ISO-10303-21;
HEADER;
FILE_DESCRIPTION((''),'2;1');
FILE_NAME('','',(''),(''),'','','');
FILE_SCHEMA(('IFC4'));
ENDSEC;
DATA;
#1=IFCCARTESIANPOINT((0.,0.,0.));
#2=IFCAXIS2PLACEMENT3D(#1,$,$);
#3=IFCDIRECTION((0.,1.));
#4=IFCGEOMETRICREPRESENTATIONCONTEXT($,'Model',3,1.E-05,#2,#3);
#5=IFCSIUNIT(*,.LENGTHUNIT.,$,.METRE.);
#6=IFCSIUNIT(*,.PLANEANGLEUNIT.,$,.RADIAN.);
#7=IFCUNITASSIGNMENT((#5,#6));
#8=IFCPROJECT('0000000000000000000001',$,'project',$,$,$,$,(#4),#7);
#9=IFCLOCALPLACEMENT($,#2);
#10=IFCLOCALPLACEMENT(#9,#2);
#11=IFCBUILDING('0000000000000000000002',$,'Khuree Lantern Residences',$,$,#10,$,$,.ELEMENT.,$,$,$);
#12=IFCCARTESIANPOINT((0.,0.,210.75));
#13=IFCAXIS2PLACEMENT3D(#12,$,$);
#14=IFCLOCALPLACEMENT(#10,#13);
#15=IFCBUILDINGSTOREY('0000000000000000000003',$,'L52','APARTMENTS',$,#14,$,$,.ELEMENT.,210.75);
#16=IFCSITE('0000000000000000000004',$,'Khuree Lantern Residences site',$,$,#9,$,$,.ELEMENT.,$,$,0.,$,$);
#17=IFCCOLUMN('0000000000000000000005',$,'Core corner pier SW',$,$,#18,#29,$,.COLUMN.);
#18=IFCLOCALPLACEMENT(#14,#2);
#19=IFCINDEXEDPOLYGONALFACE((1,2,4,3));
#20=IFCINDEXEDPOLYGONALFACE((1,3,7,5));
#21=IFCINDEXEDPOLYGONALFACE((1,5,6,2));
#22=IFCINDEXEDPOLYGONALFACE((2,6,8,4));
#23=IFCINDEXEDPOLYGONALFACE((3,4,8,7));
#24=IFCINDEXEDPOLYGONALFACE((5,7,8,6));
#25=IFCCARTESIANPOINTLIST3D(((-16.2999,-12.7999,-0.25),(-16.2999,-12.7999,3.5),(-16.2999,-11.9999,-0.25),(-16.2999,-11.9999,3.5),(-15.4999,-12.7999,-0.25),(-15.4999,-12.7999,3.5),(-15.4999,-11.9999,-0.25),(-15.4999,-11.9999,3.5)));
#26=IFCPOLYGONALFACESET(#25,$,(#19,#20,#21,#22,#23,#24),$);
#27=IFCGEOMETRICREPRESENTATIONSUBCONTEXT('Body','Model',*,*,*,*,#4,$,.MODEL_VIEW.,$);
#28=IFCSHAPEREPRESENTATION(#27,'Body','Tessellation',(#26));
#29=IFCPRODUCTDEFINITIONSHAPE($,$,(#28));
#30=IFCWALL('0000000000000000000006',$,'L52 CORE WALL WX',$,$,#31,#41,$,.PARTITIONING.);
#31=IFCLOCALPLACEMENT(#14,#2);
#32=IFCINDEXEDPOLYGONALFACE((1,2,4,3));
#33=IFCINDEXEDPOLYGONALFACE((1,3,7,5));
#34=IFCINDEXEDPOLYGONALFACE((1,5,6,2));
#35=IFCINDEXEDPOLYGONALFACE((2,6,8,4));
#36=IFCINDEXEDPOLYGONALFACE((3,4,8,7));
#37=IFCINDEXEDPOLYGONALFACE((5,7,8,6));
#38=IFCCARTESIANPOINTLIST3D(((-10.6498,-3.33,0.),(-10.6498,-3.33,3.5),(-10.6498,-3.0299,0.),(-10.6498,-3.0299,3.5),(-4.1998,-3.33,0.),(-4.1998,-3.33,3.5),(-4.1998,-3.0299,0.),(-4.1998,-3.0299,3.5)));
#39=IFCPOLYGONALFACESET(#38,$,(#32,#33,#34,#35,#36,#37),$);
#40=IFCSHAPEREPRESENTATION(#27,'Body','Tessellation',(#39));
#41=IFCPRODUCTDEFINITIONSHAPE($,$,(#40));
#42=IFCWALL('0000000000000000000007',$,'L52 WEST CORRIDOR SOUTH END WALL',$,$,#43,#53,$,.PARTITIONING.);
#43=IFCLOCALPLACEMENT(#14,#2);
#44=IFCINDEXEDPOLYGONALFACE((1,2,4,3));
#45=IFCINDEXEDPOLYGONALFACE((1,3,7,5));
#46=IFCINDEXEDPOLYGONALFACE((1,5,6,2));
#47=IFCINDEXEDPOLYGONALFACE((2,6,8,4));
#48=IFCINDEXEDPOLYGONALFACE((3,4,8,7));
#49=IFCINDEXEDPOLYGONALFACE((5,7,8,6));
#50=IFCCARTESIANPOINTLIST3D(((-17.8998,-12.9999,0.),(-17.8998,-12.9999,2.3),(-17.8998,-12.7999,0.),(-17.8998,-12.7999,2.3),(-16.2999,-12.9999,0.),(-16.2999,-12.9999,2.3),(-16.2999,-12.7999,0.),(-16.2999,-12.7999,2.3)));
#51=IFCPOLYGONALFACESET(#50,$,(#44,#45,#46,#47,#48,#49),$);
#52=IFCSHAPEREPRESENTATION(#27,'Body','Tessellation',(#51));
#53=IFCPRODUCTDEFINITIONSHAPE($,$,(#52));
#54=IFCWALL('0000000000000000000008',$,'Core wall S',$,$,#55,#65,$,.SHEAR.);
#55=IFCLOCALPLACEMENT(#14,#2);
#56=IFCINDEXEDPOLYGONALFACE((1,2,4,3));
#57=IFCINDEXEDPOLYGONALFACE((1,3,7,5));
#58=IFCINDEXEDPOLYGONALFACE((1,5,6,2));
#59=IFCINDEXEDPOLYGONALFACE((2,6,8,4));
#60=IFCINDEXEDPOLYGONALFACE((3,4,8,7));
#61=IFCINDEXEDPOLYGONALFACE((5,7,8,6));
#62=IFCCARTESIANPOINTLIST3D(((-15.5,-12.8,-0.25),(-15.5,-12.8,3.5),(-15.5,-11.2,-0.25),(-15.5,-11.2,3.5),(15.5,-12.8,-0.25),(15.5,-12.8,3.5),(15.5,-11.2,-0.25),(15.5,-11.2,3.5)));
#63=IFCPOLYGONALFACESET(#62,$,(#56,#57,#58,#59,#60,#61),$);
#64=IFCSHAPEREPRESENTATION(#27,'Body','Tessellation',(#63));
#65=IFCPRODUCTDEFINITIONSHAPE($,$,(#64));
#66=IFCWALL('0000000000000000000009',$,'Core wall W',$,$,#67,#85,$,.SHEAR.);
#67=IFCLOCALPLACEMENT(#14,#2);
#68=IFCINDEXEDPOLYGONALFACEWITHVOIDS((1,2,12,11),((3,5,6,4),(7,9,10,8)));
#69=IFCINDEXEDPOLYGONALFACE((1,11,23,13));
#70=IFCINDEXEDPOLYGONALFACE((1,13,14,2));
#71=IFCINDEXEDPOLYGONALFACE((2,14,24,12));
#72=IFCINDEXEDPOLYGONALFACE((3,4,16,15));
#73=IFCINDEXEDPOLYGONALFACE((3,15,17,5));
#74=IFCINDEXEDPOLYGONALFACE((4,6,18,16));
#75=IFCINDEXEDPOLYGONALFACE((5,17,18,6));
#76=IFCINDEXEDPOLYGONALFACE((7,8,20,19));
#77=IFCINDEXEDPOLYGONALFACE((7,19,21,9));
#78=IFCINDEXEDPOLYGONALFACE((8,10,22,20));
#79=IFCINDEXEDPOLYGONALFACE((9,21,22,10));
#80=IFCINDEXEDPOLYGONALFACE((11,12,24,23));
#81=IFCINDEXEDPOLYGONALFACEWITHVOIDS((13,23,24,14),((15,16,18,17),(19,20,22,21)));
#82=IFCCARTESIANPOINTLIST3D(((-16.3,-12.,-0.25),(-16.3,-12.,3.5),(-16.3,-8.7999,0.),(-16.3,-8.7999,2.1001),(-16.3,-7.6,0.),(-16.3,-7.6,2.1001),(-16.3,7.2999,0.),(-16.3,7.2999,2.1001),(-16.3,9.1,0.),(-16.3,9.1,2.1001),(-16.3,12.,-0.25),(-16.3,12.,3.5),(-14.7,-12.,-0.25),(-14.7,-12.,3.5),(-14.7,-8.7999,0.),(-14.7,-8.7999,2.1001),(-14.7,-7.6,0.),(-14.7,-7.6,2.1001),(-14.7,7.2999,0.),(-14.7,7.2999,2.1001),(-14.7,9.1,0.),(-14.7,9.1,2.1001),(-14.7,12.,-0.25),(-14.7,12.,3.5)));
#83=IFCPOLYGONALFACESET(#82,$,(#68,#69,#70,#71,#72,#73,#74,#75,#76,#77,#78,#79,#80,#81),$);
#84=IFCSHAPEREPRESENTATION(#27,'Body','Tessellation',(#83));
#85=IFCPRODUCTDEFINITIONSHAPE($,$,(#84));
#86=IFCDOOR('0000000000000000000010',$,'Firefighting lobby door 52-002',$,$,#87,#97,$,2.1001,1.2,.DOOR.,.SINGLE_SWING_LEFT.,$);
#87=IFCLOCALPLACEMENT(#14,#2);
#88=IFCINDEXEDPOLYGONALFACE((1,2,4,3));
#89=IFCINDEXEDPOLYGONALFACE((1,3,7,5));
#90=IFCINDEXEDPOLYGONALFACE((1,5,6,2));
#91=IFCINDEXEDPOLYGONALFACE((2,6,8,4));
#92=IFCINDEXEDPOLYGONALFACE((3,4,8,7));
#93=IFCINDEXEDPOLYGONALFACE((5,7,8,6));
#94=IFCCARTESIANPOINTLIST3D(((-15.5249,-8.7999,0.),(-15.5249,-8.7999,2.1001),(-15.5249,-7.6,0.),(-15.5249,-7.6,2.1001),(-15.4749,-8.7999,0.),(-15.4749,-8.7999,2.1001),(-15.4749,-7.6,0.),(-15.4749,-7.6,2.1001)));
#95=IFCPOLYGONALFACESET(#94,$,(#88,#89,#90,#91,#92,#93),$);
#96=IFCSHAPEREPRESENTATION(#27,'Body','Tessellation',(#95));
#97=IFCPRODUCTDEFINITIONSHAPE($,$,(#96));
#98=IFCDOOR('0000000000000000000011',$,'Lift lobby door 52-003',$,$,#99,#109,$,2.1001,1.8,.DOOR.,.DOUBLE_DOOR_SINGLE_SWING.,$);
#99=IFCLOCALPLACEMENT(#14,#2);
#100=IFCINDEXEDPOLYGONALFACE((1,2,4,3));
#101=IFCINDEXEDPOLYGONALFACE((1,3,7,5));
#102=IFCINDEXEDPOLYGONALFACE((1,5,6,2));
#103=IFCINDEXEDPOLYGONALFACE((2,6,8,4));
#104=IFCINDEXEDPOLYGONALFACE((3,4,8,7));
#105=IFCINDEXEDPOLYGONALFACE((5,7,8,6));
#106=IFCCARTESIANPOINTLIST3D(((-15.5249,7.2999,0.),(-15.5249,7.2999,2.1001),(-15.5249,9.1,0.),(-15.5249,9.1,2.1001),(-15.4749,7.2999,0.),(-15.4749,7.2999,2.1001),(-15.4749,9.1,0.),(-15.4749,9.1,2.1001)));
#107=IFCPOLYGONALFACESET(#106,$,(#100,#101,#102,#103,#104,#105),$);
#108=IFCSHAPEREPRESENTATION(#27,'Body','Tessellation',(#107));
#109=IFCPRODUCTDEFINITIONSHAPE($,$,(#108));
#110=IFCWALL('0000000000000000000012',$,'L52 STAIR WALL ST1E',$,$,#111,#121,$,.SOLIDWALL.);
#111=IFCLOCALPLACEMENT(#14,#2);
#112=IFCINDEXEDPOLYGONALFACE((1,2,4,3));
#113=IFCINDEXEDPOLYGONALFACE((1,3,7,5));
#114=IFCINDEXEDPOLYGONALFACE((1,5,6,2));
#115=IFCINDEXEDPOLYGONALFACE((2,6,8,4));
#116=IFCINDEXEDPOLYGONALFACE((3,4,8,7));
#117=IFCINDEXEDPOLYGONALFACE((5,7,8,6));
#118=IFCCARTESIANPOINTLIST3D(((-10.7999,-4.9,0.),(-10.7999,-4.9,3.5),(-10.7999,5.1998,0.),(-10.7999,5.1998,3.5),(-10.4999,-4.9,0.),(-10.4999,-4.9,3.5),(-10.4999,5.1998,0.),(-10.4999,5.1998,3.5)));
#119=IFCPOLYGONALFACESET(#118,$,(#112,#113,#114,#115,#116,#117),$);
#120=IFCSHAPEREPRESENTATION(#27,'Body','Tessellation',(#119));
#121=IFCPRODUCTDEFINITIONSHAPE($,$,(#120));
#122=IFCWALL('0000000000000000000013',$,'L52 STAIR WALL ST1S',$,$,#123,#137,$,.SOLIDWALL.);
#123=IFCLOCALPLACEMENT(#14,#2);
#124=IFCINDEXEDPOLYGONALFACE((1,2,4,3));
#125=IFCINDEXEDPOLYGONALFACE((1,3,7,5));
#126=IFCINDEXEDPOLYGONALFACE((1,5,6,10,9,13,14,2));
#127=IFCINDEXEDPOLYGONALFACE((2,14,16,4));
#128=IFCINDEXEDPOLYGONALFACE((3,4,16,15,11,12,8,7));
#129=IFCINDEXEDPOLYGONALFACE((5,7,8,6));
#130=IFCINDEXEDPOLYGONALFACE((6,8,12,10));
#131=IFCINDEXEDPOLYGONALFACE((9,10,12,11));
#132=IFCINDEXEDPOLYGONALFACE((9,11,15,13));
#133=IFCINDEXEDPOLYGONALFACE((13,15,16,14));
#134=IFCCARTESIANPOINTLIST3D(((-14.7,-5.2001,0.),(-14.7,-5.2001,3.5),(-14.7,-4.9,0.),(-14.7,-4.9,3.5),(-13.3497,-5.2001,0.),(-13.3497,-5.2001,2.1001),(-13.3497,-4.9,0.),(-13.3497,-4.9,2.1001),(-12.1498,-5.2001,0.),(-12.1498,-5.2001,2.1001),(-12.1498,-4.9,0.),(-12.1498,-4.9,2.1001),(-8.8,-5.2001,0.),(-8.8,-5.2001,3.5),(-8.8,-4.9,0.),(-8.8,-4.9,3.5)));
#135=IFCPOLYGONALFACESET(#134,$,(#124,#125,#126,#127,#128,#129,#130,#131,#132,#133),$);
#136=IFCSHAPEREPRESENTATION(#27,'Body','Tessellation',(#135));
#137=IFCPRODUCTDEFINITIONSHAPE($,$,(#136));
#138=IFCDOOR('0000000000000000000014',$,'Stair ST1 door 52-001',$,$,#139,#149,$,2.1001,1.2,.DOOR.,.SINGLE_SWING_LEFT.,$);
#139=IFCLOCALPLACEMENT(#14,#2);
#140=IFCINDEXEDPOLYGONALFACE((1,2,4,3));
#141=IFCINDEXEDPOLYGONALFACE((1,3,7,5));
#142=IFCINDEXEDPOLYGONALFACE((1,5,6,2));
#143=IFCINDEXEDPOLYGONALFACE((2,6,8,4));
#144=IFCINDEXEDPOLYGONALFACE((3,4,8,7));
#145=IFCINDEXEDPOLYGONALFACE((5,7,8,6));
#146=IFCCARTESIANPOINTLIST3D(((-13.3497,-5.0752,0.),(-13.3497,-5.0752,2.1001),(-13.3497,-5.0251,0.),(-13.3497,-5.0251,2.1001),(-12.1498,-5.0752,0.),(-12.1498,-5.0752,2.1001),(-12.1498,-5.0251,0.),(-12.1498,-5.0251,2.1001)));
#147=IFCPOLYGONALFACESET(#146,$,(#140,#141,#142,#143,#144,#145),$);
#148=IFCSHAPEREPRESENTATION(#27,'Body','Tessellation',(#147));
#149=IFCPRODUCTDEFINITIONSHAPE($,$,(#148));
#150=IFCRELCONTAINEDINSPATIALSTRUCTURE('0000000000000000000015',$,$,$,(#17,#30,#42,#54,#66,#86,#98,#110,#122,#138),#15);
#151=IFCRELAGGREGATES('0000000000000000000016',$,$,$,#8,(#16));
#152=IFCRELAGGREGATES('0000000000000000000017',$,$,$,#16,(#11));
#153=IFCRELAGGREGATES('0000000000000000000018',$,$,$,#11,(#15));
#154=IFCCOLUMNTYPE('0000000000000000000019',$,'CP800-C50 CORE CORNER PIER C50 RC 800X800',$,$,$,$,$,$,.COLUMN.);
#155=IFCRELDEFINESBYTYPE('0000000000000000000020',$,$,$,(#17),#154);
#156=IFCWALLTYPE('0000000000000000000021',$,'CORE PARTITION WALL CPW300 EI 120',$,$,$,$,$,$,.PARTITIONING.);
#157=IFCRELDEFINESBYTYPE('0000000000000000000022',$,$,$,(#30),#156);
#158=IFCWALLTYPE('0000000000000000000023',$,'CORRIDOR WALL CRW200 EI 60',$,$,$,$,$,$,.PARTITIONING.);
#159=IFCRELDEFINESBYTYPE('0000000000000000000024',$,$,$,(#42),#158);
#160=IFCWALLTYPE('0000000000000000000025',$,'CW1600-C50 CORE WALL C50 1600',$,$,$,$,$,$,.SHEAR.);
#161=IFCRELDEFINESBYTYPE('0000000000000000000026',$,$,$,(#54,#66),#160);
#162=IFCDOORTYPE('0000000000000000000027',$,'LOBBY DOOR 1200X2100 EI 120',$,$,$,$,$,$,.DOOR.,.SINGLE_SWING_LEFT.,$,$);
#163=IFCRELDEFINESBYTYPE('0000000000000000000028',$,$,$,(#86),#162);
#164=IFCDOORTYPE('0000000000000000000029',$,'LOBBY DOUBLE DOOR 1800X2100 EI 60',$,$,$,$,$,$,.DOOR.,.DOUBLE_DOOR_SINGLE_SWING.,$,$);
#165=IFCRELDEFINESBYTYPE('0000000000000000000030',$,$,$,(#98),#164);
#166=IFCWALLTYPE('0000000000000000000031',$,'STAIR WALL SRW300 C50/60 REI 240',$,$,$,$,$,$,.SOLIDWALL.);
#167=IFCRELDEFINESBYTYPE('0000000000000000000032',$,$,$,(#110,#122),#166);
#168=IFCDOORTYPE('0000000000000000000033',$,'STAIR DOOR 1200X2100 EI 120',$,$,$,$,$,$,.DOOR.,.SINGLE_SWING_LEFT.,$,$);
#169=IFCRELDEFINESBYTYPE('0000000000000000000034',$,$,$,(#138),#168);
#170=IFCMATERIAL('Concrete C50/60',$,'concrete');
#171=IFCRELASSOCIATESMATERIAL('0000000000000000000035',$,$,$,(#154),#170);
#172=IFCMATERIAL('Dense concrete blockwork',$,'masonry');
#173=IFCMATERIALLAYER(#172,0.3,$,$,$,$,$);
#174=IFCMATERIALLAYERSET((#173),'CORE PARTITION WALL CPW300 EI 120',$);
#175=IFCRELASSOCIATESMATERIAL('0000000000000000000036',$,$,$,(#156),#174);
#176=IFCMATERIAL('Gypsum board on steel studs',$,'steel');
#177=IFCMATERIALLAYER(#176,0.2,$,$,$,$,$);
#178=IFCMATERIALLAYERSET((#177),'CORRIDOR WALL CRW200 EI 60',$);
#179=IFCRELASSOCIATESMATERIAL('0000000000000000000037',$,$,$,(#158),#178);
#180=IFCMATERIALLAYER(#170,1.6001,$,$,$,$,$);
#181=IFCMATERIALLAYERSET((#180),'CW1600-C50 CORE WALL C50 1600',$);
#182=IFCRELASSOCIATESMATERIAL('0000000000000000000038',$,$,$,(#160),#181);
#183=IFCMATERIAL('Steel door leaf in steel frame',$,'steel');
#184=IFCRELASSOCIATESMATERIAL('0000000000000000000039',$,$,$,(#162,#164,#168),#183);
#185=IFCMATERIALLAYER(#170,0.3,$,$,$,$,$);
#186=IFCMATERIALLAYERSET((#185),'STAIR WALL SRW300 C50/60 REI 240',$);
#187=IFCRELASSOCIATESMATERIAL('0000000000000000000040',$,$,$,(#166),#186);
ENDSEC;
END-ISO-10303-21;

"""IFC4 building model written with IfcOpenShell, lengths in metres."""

from ifc_helpers import new_model, si_unit, direction, frame, frame_2d, origin, origin_2d, place, context, subcontext, project, spatial, rectangle, extrude, material, layer, layer_set, material_profile, profile_set, type_object, element, fill, save


model = new_model("IFC4")

# Units and contexts
model_context = context("Model", 3, precision=1e-05, world=origin(), true_north=direction((0.0, 1.0)))
body_context = subcontext(model_context, "Body", "Model", "MODEL_VIEW")
ifc_project = project(units=[si_unit("LENGTHUNIT", "METRE"), si_unit("PLANEANGLEUNIT", "RADIAN")], contexts=[model_context])

# Site, building, storey
site_placement = place(None, origin())
site = spatial("IfcSite", under=ifc_project, at=site_placement, Name="Khuree Lantern Residences site", CompositionType="ELEMENT", RefElevation=0.0)
building_placement = place(site_placement, origin())
building = spatial("IfcBuilding", under=site, at=building_placement, Name="Khuree Lantern Residences", CompositionType="ELEMENT")
storey_placement = place(building_placement, frame((0.0, 0.0, 210.75)))
storey = spatial("IfcBuildingStorey", under=building, at=storey_placement, Name="L52", Description="APARTMENTS", CompositionType="ELEMENT", Elevation=210.75)

# Column
ifc_material_1 = material(Name="Concrete C50/60", Category="concrete")
ifc_material_profile = material_profile(ifc_material_1, rectangle(XDim=0.8, YDim=0.8, at=origin_2d()), Name="RC 800X800")
ifc_profile_set = profile_set([ifc_material_profile], Name="Concrete C50/60")
column_type = type_object("IfcColumnType", Name="CP800-C50 CORE CORNER PIER C50 RC 800X800", PredefinedType="COLUMN", material=ifc_profile_set)
column_placement = place(storey_placement, frame((-15.8999, -12.3999, -0.25), z_axis=(0.0, 0.0, 1.0), x_axis=(1.0, 0.0, 0.0)))
element("IfcColumn", 1, at=column_placement, inside=storey, type_object=column_type, Name="Core corner pier SW", PredefinedType="COLUMN", context=body_context, shape_type="SweptSolid", body=[
    extrude(rectangle(XDim=0.8, YDim=0.8, at=origin_2d()), origin(), (0.0, 0.0, 1.0), 3.75),
])

# Walls
ifc_material_2 = material(Name="Dense concrete blockwork", Category="masonry")
ifc_layer_1 = layer(ifc_material_2, 0.3)
ifc_layer_set_1 = layer_set([ifc_layer_1], Name="CORE PARTITION WALL CPW300 EI 120")
wall_type_1 = type_object("IfcWallType", Name="CORE PARTITION WALL CPW300 EI 120", PredefinedType="PARTITIONING", material=ifc_layer_set_1)
wall_1_placement = place(storey_placement, frame((-10.6499, -3.1799, 0.0), z_axis=(0.0, 0.0, 1.0), x_axis=(1.0, 0.0, 0.0)))
element("IfcWall", 2, at=wall_1_placement, inside=storey, type_object=wall_type_1, Name="L52 CORE WALL WX", PredefinedType="PARTITIONING", context=body_context, shape_type="SweptSolid", body=[
    extrude(rectangle(XDim=6.45, YDim=0.3, at=frame_2d((3.2251, 0.0))), origin(), (0.0, 0.0, 1.0), 3.5),
])
ifc_material_3 = material(Name="Gypsum board on steel studs", Category="steel")
ifc_layer_2 = layer(ifc_material_3, 0.2)
ifc_layer_set_2 = layer_set([ifc_layer_2], Name="CORRIDOR WALL CRW200 EI 60")
wall_type_2 = type_object("IfcWallType", Name="CORRIDOR WALL CRW200 EI 60", PredefinedType="PARTITIONING", material=ifc_layer_set_2)
wall_2_placement = place(storey_placement, frame((-16.3, -12.8999, 0.0), z_axis=(0.0, 0.0, 1.0), x_axis=(-1.0, 0.0, 0.0)))
element("IfcWall", 3, at=wall_2_placement, inside=storey, type_object=wall_type_2, Name="L52 WEST CORRIDOR SOUTH END WALL", PredefinedType="PARTITIONING", context=body_context, shape_type="SweptSolid", body=[
    extrude(rectangle(XDim=1.5999, YDim=0.2, at=frame_2d((0.7998, 0.0))), origin(), (0.0, 0.0, 1.0), 2.3),
])
ifc_layer_3 = layer(ifc_material_1, 1.6001)
ifc_layer_set_3 = layer_set([ifc_layer_3], Name="CW1600-C50 CORE WALL C50 1600")
wall_type_3 = type_object("IfcWallType", Name="CW1600-C50 CORE WALL C50 1600", PredefinedType="SHEAR", material=ifc_layer_set_3)
wall_3_placement = place(storey_placement, frame((-15.5, -12.0, -0.25), z_axis=(0.0, 0.0, 1.0), x_axis=(1.0, 0.0, 0.0)))
element("IfcWall", 4, at=wall_3_placement, inside=storey, type_object=wall_type_3, Name="Core wall S", PredefinedType="SHEAR", context=body_context, shape_type="SweptSolid", body=[
    extrude(rectangle(XDim=31.0, YDim=1.6001, at=frame_2d((15.5, 0.0))), origin(), (0.0, 0.0, 1.0), 3.75),
])

# Wall, openings, doors
wall_4_placement = place(storey_placement, frame((-15.5, -12.0, -0.25), z_axis=(0.0, 0.0, 1.0), x_axis=(0.0, 1.0, 0.0)))
wall_4 = element("IfcWall", 5, at=wall_4_placement, inside=storey, type_object=wall_type_3, Name="Core wall W", PredefinedType="SHEAR", context=body_context, shape_type="SweptSolid", body=[
    extrude(rectangle(XDim=24.0, YDim=1.6001, at=frame_2d((12.0, 0.0))), origin(), (0.0, 0.0, 1.0), 3.75),
])
opening_1_placement = place(wall_4_placement, frame((3.2, 0.0, 0.25)))
opening_1 = element("IfcOpeningElement", 6, at=opening_1_placement, cuts=wall_4, PredefinedType="OPENING", context=body_context, shape_type="SweptSolid", body=[
    extrude(rectangle(XDim=1.2, YDim=2.1001, at=frame_2d((0.6001, 1.05))), frame((0.0, 0.8101, 0.0), z_axis=(0.0, -1.0, 0.0), x_axis=(1.0, 0.0, 0.0)), (0.0, 0.0, 1.0), 1.6201),
])
opening_2_placement = place(wall_4_placement, frame((19.3, 0.0, 0.25)))
opening_2 = element("IfcOpeningElement", 7, at=opening_2_placement, cuts=wall_4, PredefinedType="OPENING", context=body_context, shape_type="SweptSolid", body=[
    extrude(rectangle(XDim=1.8, YDim=2.1001, at=frame_2d((0.8999, 1.05))), frame((0.0, 0.8101, 0.0), z_axis=(0.0, -1.0, 0.0), x_axis=(1.0, 0.0, 0.0)), (0.0, 0.0, 1.0), 1.6201),
])
ifc_material_4 = material(Name="Steel door leaf in steel frame", Category="steel")
door_type_1 = type_object("IfcDoorType", Name="LOBBY DOOR 1200X2100 EI 120", OperationType="SINGLE_SWING_LEFT", PredefinedType="DOOR", material=ifc_material_4)
door_1_placement = place(opening_1_placement, origin())
door_1 = element("IfcDoor", 8, at=door_1_placement, inside=storey, type_object=door_type_1, Name="Firefighting lobby door 52-002", OperationType="SINGLE_SWING_LEFT", OverallHeight=2.1001, OverallWidth=1.2, PredefinedType="DOOR", context=body_context, shape_type="SweptSolid", body=[
    extrude(rectangle(XDim=1.2, YDim=2.1001, at=frame_2d((0.6001, 1.05))), frame((0.0, 0.0249, 0.0), z_axis=(0.0, -1.0, 0.0), x_axis=(1.0, 0.0, 0.0)), (0.0, 0.0, 1.0), 0.05),
])
fill(opening_1, door_1)
door_type_2 = type_object("IfcDoorType", Name="LOBBY DOUBLE DOOR 1800X2100 EI 60", OperationType="DOUBLE_DOOR_SINGLE_SWING", PredefinedType="DOOR", material=ifc_material_4)
door_2_placement = place(opening_2_placement, origin())
door_2 = element("IfcDoor", 9, at=door_2_placement, inside=storey, type_object=door_type_2, Name="Lift lobby door 52-003", OperationType="DOUBLE_DOOR_SINGLE_SWING", OverallHeight=2.1001, OverallWidth=1.8, PredefinedType="DOOR", context=body_context, shape_type="SweptSolid", body=[
    extrude(rectangle(XDim=1.8, YDim=2.1001, at=frame_2d((0.8999, 1.05))), frame((0.0, 0.0249, 0.0), z_axis=(0.0, -1.0, 0.0), x_axis=(1.0, 0.0, 0.0)), (0.0, 0.0, 1.0), 0.05),
])
fill(opening_2, door_2)

# Wall
ifc_layer_4 = layer(ifc_material_1, 0.3)
ifc_layer_set_4 = layer_set([ifc_layer_4], Name="STAIR WALL SRW300 C50/60 REI 240")
wall_type_4 = type_object("IfcWallType", Name="STAIR WALL SRW300 C50/60 REI 240", PredefinedType="SOLIDWALL", material=ifc_layer_set_4)
wall_5_placement = place(storey_placement, frame((-10.6499, -4.8999, 0.0), z_axis=(0.0, 0.0, 1.0), x_axis=(0.0, 1.0, 0.0)))
element("IfcWall", 10, at=wall_5_placement, inside=storey, type_object=wall_type_4, Name="L52 STAIR WALL ST1E", PredefinedType="SOLIDWALL", context=body_context, shape_type="SweptSolid", body=[
    extrude(rectangle(XDim=10.0999, YDim=0.3, at=frame_2d((5.0498, 0.0))), origin(), (0.0, 0.0, 1.0), 3.5),
])

# Wall, opening, door
wall_6_placement = place(storey_placement, frame((-14.7, -5.05, 0.0), z_axis=(0.0, 0.0, 1.0), x_axis=(1.0, 0.0, 0.0)))
wall_6 = element("IfcWall", 11, at=wall_6_placement, inside=storey, type_object=wall_type_4, Name="L52 STAIR WALL ST1S", PredefinedType="SOLIDWALL", context=body_context, shape_type="SweptSolid", body=[
    extrude(rectangle(XDim=5.8999, YDim=0.3, at=frame_2d((2.95, 0.0))), origin(), (0.0, 0.0, 1.0), 3.5),
])
opening_3_placement = place(wall_6_placement, frame((1.3501, 0.0, 0.0)))
opening_3 = element("IfcOpeningElement", 12, at=opening_3_placement, cuts=wall_6, PredefinedType="OPENING", context=body_context, shape_type="SweptSolid", body=[
    extrude(rectangle(XDim=1.2, YDim=2.1001, at=frame_2d((0.6001, 1.05))), frame((0.0, 0.1602, 0.0), z_axis=(0.0, -1.0, 0.0), x_axis=(1.0, 0.0, 0.0)), (0.0, 0.0, 1.0), 0.3201),
])
door_type_3 = type_object("IfcDoorType", Name="STAIR DOOR 1200X2100 EI 120", OperationType="SINGLE_SWING_LEFT", PredefinedType="DOOR", material=ifc_material_4)
door_3_placement = place(opening_3_placement, origin())
door_3 = element("IfcDoor", 13, at=door_3_placement, inside=storey, type_object=door_type_3, Name="Stair ST1 door 52-001", OperationType="SINGLE_SWING_LEFT", OverallHeight=2.1001, OverallWidth=1.2, PredefinedType="DOOR", context=body_context, shape_type="SweptSolid", body=[
    extrude(rectangle(XDim=1.2, YDim=2.1001, at=frame_2d((0.6001, 1.05))), frame((0.0, 0.0249, 0.0), z_axis=(0.0, -1.0, 0.0), x_axis=(1.0, 0.0, 0.0)), (0.0, 0.0, 1.0), 0.05),
])
fill(opening_3, door_3)

save(model, "model.ifc")
